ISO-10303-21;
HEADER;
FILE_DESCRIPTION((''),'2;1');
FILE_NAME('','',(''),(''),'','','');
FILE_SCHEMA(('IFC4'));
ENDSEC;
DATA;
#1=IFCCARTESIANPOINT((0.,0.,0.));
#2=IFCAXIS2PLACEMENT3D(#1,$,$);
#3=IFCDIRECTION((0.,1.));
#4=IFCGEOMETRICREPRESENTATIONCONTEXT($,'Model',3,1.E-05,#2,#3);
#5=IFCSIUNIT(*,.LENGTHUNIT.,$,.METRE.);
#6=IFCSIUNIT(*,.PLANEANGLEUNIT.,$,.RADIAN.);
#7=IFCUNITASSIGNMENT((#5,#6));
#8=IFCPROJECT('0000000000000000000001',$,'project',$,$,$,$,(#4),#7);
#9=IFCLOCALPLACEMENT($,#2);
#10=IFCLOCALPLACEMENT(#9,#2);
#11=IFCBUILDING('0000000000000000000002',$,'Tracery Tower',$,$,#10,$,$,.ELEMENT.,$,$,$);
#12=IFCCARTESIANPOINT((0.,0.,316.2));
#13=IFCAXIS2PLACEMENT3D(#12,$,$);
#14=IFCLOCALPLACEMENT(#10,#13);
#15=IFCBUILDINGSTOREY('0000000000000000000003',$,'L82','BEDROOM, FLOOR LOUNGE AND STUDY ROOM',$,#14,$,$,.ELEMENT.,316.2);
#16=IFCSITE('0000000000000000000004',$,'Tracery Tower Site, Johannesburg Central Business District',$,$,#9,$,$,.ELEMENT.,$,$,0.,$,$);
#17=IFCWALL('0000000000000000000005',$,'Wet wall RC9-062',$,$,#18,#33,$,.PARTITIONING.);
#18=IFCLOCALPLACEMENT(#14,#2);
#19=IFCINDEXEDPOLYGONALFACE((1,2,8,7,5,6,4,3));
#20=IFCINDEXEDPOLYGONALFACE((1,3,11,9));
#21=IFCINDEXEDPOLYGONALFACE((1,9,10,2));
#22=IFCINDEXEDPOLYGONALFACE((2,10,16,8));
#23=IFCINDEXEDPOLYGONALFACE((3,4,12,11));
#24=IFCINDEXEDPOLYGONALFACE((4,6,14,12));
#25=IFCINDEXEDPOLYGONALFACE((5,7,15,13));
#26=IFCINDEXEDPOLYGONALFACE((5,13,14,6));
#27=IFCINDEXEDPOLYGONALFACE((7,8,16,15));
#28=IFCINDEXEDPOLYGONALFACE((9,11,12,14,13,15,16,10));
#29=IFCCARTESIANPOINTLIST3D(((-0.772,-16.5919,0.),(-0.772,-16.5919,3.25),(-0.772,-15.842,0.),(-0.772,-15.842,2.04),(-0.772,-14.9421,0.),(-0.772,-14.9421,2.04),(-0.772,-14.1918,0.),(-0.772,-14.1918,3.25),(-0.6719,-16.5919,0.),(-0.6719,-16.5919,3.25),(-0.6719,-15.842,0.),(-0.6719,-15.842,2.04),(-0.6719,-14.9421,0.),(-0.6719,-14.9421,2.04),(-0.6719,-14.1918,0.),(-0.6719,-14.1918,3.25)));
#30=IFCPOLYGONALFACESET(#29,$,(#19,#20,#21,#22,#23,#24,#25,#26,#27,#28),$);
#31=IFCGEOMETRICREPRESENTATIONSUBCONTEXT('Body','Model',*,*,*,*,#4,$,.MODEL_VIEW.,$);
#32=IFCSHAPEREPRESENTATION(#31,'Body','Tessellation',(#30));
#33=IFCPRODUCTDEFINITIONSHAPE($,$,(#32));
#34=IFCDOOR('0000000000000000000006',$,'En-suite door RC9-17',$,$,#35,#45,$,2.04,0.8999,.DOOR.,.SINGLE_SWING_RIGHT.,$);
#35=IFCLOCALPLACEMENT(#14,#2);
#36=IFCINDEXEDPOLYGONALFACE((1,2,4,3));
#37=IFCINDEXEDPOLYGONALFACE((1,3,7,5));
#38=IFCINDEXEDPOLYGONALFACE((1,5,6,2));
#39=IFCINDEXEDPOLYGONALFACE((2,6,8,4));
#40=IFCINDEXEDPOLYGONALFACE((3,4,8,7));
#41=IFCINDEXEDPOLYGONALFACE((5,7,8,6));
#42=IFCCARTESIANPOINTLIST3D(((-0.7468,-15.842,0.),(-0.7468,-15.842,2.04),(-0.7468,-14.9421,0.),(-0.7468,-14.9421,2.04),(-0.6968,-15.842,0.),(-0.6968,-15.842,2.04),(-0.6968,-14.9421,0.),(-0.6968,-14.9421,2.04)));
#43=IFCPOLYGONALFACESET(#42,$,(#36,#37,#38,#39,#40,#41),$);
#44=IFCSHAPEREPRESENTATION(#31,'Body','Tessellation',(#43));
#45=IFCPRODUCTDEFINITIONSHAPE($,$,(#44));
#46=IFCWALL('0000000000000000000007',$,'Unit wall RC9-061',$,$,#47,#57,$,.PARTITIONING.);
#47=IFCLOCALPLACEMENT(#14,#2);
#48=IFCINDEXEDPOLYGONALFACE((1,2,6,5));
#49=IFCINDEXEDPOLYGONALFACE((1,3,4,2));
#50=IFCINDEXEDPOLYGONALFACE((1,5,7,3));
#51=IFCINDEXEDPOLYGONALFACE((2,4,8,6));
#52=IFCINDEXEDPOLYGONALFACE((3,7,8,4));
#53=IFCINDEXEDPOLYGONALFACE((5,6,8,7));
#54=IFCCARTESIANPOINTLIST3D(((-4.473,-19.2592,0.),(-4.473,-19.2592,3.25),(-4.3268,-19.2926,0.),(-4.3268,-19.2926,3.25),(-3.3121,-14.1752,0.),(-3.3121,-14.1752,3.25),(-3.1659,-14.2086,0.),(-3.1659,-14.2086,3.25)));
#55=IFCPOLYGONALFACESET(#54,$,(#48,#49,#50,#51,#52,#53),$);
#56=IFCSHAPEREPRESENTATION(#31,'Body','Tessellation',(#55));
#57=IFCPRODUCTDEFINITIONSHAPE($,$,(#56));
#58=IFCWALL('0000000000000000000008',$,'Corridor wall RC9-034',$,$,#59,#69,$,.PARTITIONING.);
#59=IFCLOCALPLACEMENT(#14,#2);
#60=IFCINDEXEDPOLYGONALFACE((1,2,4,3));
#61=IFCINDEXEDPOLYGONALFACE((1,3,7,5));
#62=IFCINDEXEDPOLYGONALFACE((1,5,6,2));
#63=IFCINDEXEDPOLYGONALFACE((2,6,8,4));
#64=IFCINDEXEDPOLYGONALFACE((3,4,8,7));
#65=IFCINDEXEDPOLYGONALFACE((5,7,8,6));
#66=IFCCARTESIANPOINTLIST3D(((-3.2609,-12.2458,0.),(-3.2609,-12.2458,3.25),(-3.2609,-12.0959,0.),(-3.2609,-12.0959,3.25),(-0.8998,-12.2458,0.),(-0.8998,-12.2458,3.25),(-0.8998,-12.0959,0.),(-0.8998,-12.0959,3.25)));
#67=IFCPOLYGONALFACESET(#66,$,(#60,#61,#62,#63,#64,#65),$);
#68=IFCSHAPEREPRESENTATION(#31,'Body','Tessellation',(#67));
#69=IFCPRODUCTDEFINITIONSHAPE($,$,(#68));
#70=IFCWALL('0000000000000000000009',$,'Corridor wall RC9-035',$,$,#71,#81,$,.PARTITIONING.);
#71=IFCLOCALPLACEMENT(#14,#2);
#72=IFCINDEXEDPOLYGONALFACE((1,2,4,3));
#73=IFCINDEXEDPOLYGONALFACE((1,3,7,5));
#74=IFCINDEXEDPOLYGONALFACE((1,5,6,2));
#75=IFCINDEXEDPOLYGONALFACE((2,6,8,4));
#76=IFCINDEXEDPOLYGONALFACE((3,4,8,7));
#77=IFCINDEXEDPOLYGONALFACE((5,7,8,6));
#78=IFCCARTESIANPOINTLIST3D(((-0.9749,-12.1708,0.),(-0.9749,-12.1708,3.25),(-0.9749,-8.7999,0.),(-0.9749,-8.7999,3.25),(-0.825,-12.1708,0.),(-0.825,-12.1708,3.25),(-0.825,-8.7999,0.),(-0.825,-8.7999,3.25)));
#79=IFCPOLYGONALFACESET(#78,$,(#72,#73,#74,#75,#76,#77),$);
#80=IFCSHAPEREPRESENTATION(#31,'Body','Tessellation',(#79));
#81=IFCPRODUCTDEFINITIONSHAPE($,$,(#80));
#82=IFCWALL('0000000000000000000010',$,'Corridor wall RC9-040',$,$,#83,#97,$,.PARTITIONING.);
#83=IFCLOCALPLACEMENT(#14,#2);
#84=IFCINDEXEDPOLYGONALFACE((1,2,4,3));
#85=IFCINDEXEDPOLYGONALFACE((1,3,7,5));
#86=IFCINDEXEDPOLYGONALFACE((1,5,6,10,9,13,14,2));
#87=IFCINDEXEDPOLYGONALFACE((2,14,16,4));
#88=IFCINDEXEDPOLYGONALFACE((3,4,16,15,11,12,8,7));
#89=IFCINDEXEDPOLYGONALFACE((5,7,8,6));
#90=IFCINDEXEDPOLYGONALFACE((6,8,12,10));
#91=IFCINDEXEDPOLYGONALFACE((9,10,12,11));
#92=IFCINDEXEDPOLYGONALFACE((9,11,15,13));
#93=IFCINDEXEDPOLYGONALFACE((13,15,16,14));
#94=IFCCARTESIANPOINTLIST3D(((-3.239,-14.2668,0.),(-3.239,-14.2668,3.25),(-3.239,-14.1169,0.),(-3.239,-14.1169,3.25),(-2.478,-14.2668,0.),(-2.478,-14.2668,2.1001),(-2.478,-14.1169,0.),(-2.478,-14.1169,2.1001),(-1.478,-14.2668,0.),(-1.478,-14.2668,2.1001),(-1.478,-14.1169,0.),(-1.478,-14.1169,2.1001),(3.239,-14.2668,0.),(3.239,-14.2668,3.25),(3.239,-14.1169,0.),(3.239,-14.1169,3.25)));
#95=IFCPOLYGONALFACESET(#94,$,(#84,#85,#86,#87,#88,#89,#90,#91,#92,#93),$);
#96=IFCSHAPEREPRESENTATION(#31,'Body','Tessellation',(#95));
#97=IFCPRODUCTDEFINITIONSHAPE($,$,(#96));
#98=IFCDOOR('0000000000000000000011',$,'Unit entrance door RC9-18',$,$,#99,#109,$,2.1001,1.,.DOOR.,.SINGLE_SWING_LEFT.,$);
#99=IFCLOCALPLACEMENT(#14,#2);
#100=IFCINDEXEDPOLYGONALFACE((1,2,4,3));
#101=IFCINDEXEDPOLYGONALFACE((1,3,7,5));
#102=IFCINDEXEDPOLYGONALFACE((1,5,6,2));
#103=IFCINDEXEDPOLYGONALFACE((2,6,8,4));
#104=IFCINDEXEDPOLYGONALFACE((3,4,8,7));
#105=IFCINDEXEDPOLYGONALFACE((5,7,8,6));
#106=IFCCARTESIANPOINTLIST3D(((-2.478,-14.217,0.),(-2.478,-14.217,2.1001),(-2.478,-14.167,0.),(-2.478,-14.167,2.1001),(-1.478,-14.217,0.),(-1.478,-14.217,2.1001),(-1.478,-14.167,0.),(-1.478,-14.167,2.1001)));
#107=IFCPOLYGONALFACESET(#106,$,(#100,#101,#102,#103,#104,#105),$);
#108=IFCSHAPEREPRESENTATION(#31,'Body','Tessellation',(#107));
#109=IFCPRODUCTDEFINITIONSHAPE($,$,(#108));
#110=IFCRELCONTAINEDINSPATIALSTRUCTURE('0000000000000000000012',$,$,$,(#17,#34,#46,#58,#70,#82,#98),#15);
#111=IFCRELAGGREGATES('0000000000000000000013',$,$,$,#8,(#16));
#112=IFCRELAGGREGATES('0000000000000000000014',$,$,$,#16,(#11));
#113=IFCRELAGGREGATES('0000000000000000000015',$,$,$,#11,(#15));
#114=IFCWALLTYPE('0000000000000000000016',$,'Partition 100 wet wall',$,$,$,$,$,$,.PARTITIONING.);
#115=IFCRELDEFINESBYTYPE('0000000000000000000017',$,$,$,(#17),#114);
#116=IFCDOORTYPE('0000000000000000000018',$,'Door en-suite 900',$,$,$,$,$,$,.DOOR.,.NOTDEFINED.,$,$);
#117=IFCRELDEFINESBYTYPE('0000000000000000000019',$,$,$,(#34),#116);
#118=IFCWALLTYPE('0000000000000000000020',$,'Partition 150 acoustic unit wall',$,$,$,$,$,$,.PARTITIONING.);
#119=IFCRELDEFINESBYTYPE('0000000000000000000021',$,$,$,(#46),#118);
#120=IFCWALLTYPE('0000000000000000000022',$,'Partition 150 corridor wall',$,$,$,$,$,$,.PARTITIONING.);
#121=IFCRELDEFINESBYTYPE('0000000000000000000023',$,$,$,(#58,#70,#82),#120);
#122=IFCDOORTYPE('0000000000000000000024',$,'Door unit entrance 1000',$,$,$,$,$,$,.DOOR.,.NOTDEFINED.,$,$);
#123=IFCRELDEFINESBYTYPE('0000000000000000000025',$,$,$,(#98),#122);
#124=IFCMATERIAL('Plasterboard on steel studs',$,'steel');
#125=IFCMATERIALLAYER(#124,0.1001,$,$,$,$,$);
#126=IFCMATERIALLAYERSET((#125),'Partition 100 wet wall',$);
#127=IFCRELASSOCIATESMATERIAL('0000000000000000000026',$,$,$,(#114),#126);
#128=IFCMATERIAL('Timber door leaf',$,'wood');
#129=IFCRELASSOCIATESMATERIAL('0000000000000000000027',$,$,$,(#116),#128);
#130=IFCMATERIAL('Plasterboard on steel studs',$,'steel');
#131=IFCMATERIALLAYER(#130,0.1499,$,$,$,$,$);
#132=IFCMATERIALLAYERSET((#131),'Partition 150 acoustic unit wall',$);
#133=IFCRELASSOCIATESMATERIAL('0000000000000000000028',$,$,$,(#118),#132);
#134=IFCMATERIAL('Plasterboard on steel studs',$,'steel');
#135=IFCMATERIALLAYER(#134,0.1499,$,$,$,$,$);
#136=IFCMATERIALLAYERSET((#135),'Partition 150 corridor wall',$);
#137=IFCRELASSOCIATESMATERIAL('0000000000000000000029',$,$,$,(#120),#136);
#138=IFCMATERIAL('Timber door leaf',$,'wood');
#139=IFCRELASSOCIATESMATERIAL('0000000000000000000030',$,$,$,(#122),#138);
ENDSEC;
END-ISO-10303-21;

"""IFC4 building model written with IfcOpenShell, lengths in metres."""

from ifc_helpers import new_model, si_unit, direction, frame, frame_2d, origin, place, context, subcontext, project, spatial, rectangle, extrude, material, layer, layer_set, type_object, element, fill, save


model = new_model("IFC4")

# Units and contexts
model_context = context("Model", 3, precision=1e-05, world=origin(), true_north=direction((0.0, 1.0)))
body_context = subcontext(model_context, "Body", "Model", "MODEL_VIEW")
ifc_project = project(units=[si_unit("LENGTHUNIT", "METRE"), si_unit("PLANEANGLEUNIT", "RADIAN")], contexts=[model_context])

# Site, building, storey
site_placement = place(None, origin())
site = spatial("IfcSite", under=ifc_project, at=site_placement, Name="Tracery Tower Site, Johannesburg Central Business District", CompositionType="ELEMENT", RefElevation=0.0)
building_placement = place(site_placement, origin())
building = spatial("IfcBuilding", under=site, at=building_placement, Name="Tracery Tower", CompositionType="ELEMENT")
storey_placement = place(building_placement, frame((0.0, 0.0, 316.2)))
storey = spatial("IfcBuildingStorey", under=building, at=storey_placement, Name="L82", Description="BEDROOM, FLOOR LOUNGE AND STUDY ROOM", CompositionType="ELEMENT", Elevation=316.2)

# Shared definitions
ifc_material_1 = material(Name="Plasterboard on steel studs", Category="steel")
ifc_layer_1 = layer(ifc_material_1, 0.1001)
ifc_layer_set_1 = layer_set([ifc_layer_1], Name="Partition 100 wet wall")
wall_type_1 = type_object("IfcWallType", Name="Partition 100 wet wall", PredefinedType="PARTITIONING", material=ifc_layer_set_1)

# Wall, opening, door
ifc_material_2 = material(Name="Timber door leaf", Category="wood")
door_type_1 = type_object("IfcDoorType", Name="Door en-suite 900", OperationType="NOTDEFINED", PredefinedType="DOOR", material=ifc_material_2)
wall_1_placement = place(storey_placement, frame((-0.7219, -16.592, 0.0), z_axis=(0.0, 0.0, 1.0), x_axis=(0.0, 1.0, 0.0)))
wall_1 = element("IfcWall", 1, at=wall_1_placement, inside=storey, type_object=wall_type_1, Name="Wet wall RC9-062", PredefinedType="PARTITIONING", context=body_context, shape_type="SweptSolid", body=[
    extrude(rectangle(XDim=2.4001, YDim=0.1001, at=frame_2d((1.2002, 0.0))), origin(), (0.0, 0.0, 1.0), 3.25),
])
opening_1_placement = place(wall_1_placement, frame((0.75, 0.0, 0.0)))
opening_1 = element("IfcOpeningElement", 2, at=opening_1_placement, cuts=wall_1, PredefinedType="OPENING", context=body_context, shape_type="SweptSolid", body=[
    extrude(rectangle(XDim=0.8999, YDim=2.04, at=frame_2d((0.45, 1.02))), frame((0.0, 0.05, 0.0), z_axis=(0.0, -1.0, 0.0), x_axis=(1.0, 0.0, 0.0)), (0.0, 0.0, 1.0), 0.1001),
])
door_1_placement = place(opening_1_placement, origin())
door_1 = element("IfcDoor", 3, at=door_1_placement, inside=storey, type_object=door_type_1, Name="En-suite door RC9-17", OperationType="SINGLE_SWING_RIGHT", OverallHeight=2.04, OverallWidth=0.8999, PredefinedType="DOOR", context=body_context, shape_type="SweptSolid", body=[
    extrude(rectangle(XDim=0.8999, YDim=2.04, at=frame_2d((0.45, 1.02))), frame((0.0, 0.0249, 0.0), z_axis=(0.0, -1.0, 0.0), x_axis=(1.0, 0.0, 0.0)), (0.0, 0.0, 1.0), 0.05),
])
fill(opening_1, door_1)

# Walls
ifc_material_3 = material(Name="Plasterboard on steel studs", Category="steel")
ifc_layer_2 = layer(ifc_material_3, 0.1499)
ifc_layer_set_2 = layer_set([ifc_layer_2], Name="Partition 150 acoustic unit wall")
wall_type_2 = type_object("IfcWallType", Name="Partition 150 acoustic unit wall", PredefinedType="PARTITIONING", material=ifc_layer_set_2)
wall_2_placement = place(storey_placement, frame((-4.3999, -19.2759, 0.0), z_axis=(0.0, 0.0, 1.0), x_axis=(0.222613, 0.974907, 0.0)))
element("IfcWall", 4, at=wall_2_placement, inside=storey, type_object=wall_type_2, Name="Unit wall RC9-061", PredefinedType="PARTITIONING", context=body_context, shape_type="SweptSolid", body=[
    extrude(rectangle(XDim=5.2148, YDim=0.1499, at=frame_2d((2.6074, 0.0))), origin(), (0.0, 0.0, 1.0), 3.25),
])
ifc_material_4 = material(Name="Plasterboard on steel studs", Category="steel")
ifc_layer_3 = layer(ifc_material_4, 0.1499)
ifc_layer_set_3 = layer_set([ifc_layer_3], Name="Partition 150 corridor wall")
wall_type_3 = type_object("IfcWallType", Name="Partition 150 corridor wall", PredefinedType="PARTITIONING", material=ifc_layer_set_3)
wall_3_placement = place(storey_placement, frame((-3.261, -12.1709, 0.0), z_axis=(0.0, 0.0, 1.0), x_axis=(1.0, 0.0, 0.0)))
element("IfcWall", 5, at=wall_3_placement, inside=storey, type_object=wall_type_3, Name="Corridor wall RC9-034", PredefinedType="PARTITIONING", context=body_context, shape_type="SweptSolid", body=[
    extrude(rectangle(XDim=2.3611, YDim=0.1499, at=frame_2d((1.1807, 0.0))), origin(), (0.0, 0.0, 1.0), 3.25),
])
wall_4_placement = place(storey_placement, frame((-0.8999, -12.1709, 0.0), z_axis=(0.0, 0.0, 1.0), x_axis=(0.0, 1.0, 0.0)))
element("IfcWall", 6, at=wall_4_placement, inside=storey, type_object=wall_type_3, Name="Corridor wall RC9-035", PredefinedType="PARTITIONING", context=body_context, shape_type="SweptSolid", body=[
    extrude(rectangle(XDim=3.3708, YDim=0.1499, at=frame_2d((1.6855, 0.0))), origin(), (0.0, 0.0, 1.0), 3.25),
])

# Wall, opening, door
wall_5_placement = place(storey_placement, frame((-3.239, -14.1919, 0.0), z_axis=(0.0, 0.0, 1.0), x_axis=(1.0, 0.0, 0.0)))
wall_5 = element("IfcWall", 7, at=wall_5_placement, inside=storey, type_object=wall_type_3, Name="Corridor wall RC9-040", PredefinedType="PARTITIONING", context=body_context, shape_type="SweptSolid", body=[
    extrude(rectangle(XDim=6.478, YDim=0.1499, at=frame_2d((3.239, 0.0))), origin(), (0.0, 0.0, 1.0), 3.25),
])
opening_2_placement = place(wall_5_placement, frame((0.761, 0.0, 0.0)))
opening_2 = element("IfcOpeningElement", 8, at=opening_2_placement, cuts=wall_5, PredefinedType="OPENING", context=body_context, shape_type="SweptSolid", body=[
    extrude(rectangle(XDim=1.0, YDim=2.1001, at=frame_2d((0.5, 1.05))), frame((0.0, 0.075, 0.0), z_axis=(0.0, -1.0, 0.0), x_axis=(1.0, 0.0, 0.0)), (0.0, 0.0, 1.0), 0.1499),
])
ifc_material_5 = material(Name="Timber door leaf", Category="wood")
door_type_2 = type_object("IfcDoorType", Name="Door unit entrance 1000", OperationType="NOTDEFINED", PredefinedType="DOOR", material=ifc_material_5)
door_2_placement = place(opening_2_placement, origin())
door_2 = element("IfcDoor", 9, at=door_2_placement, inside=storey, type_object=door_type_2, Name="Unit entrance door RC9-18", OperationType="SINGLE_SWING_LEFT", OverallHeight=2.1001, OverallWidth=1.0, PredefinedType="DOOR", context=body_context, shape_type="SweptSolid", body=[
    extrude(rectangle(XDim=1.0, YDim=2.1001, at=frame_2d((0.5, 1.05))), frame((0.0, 0.0249, 0.0), z_axis=(0.0, -1.0, 0.0), x_axis=(1.0, 0.0, 0.0)), (0.0, 0.0, 1.0), 0.05),
])
fill(opening_2, door_2)

save(model, "model.ifc")
